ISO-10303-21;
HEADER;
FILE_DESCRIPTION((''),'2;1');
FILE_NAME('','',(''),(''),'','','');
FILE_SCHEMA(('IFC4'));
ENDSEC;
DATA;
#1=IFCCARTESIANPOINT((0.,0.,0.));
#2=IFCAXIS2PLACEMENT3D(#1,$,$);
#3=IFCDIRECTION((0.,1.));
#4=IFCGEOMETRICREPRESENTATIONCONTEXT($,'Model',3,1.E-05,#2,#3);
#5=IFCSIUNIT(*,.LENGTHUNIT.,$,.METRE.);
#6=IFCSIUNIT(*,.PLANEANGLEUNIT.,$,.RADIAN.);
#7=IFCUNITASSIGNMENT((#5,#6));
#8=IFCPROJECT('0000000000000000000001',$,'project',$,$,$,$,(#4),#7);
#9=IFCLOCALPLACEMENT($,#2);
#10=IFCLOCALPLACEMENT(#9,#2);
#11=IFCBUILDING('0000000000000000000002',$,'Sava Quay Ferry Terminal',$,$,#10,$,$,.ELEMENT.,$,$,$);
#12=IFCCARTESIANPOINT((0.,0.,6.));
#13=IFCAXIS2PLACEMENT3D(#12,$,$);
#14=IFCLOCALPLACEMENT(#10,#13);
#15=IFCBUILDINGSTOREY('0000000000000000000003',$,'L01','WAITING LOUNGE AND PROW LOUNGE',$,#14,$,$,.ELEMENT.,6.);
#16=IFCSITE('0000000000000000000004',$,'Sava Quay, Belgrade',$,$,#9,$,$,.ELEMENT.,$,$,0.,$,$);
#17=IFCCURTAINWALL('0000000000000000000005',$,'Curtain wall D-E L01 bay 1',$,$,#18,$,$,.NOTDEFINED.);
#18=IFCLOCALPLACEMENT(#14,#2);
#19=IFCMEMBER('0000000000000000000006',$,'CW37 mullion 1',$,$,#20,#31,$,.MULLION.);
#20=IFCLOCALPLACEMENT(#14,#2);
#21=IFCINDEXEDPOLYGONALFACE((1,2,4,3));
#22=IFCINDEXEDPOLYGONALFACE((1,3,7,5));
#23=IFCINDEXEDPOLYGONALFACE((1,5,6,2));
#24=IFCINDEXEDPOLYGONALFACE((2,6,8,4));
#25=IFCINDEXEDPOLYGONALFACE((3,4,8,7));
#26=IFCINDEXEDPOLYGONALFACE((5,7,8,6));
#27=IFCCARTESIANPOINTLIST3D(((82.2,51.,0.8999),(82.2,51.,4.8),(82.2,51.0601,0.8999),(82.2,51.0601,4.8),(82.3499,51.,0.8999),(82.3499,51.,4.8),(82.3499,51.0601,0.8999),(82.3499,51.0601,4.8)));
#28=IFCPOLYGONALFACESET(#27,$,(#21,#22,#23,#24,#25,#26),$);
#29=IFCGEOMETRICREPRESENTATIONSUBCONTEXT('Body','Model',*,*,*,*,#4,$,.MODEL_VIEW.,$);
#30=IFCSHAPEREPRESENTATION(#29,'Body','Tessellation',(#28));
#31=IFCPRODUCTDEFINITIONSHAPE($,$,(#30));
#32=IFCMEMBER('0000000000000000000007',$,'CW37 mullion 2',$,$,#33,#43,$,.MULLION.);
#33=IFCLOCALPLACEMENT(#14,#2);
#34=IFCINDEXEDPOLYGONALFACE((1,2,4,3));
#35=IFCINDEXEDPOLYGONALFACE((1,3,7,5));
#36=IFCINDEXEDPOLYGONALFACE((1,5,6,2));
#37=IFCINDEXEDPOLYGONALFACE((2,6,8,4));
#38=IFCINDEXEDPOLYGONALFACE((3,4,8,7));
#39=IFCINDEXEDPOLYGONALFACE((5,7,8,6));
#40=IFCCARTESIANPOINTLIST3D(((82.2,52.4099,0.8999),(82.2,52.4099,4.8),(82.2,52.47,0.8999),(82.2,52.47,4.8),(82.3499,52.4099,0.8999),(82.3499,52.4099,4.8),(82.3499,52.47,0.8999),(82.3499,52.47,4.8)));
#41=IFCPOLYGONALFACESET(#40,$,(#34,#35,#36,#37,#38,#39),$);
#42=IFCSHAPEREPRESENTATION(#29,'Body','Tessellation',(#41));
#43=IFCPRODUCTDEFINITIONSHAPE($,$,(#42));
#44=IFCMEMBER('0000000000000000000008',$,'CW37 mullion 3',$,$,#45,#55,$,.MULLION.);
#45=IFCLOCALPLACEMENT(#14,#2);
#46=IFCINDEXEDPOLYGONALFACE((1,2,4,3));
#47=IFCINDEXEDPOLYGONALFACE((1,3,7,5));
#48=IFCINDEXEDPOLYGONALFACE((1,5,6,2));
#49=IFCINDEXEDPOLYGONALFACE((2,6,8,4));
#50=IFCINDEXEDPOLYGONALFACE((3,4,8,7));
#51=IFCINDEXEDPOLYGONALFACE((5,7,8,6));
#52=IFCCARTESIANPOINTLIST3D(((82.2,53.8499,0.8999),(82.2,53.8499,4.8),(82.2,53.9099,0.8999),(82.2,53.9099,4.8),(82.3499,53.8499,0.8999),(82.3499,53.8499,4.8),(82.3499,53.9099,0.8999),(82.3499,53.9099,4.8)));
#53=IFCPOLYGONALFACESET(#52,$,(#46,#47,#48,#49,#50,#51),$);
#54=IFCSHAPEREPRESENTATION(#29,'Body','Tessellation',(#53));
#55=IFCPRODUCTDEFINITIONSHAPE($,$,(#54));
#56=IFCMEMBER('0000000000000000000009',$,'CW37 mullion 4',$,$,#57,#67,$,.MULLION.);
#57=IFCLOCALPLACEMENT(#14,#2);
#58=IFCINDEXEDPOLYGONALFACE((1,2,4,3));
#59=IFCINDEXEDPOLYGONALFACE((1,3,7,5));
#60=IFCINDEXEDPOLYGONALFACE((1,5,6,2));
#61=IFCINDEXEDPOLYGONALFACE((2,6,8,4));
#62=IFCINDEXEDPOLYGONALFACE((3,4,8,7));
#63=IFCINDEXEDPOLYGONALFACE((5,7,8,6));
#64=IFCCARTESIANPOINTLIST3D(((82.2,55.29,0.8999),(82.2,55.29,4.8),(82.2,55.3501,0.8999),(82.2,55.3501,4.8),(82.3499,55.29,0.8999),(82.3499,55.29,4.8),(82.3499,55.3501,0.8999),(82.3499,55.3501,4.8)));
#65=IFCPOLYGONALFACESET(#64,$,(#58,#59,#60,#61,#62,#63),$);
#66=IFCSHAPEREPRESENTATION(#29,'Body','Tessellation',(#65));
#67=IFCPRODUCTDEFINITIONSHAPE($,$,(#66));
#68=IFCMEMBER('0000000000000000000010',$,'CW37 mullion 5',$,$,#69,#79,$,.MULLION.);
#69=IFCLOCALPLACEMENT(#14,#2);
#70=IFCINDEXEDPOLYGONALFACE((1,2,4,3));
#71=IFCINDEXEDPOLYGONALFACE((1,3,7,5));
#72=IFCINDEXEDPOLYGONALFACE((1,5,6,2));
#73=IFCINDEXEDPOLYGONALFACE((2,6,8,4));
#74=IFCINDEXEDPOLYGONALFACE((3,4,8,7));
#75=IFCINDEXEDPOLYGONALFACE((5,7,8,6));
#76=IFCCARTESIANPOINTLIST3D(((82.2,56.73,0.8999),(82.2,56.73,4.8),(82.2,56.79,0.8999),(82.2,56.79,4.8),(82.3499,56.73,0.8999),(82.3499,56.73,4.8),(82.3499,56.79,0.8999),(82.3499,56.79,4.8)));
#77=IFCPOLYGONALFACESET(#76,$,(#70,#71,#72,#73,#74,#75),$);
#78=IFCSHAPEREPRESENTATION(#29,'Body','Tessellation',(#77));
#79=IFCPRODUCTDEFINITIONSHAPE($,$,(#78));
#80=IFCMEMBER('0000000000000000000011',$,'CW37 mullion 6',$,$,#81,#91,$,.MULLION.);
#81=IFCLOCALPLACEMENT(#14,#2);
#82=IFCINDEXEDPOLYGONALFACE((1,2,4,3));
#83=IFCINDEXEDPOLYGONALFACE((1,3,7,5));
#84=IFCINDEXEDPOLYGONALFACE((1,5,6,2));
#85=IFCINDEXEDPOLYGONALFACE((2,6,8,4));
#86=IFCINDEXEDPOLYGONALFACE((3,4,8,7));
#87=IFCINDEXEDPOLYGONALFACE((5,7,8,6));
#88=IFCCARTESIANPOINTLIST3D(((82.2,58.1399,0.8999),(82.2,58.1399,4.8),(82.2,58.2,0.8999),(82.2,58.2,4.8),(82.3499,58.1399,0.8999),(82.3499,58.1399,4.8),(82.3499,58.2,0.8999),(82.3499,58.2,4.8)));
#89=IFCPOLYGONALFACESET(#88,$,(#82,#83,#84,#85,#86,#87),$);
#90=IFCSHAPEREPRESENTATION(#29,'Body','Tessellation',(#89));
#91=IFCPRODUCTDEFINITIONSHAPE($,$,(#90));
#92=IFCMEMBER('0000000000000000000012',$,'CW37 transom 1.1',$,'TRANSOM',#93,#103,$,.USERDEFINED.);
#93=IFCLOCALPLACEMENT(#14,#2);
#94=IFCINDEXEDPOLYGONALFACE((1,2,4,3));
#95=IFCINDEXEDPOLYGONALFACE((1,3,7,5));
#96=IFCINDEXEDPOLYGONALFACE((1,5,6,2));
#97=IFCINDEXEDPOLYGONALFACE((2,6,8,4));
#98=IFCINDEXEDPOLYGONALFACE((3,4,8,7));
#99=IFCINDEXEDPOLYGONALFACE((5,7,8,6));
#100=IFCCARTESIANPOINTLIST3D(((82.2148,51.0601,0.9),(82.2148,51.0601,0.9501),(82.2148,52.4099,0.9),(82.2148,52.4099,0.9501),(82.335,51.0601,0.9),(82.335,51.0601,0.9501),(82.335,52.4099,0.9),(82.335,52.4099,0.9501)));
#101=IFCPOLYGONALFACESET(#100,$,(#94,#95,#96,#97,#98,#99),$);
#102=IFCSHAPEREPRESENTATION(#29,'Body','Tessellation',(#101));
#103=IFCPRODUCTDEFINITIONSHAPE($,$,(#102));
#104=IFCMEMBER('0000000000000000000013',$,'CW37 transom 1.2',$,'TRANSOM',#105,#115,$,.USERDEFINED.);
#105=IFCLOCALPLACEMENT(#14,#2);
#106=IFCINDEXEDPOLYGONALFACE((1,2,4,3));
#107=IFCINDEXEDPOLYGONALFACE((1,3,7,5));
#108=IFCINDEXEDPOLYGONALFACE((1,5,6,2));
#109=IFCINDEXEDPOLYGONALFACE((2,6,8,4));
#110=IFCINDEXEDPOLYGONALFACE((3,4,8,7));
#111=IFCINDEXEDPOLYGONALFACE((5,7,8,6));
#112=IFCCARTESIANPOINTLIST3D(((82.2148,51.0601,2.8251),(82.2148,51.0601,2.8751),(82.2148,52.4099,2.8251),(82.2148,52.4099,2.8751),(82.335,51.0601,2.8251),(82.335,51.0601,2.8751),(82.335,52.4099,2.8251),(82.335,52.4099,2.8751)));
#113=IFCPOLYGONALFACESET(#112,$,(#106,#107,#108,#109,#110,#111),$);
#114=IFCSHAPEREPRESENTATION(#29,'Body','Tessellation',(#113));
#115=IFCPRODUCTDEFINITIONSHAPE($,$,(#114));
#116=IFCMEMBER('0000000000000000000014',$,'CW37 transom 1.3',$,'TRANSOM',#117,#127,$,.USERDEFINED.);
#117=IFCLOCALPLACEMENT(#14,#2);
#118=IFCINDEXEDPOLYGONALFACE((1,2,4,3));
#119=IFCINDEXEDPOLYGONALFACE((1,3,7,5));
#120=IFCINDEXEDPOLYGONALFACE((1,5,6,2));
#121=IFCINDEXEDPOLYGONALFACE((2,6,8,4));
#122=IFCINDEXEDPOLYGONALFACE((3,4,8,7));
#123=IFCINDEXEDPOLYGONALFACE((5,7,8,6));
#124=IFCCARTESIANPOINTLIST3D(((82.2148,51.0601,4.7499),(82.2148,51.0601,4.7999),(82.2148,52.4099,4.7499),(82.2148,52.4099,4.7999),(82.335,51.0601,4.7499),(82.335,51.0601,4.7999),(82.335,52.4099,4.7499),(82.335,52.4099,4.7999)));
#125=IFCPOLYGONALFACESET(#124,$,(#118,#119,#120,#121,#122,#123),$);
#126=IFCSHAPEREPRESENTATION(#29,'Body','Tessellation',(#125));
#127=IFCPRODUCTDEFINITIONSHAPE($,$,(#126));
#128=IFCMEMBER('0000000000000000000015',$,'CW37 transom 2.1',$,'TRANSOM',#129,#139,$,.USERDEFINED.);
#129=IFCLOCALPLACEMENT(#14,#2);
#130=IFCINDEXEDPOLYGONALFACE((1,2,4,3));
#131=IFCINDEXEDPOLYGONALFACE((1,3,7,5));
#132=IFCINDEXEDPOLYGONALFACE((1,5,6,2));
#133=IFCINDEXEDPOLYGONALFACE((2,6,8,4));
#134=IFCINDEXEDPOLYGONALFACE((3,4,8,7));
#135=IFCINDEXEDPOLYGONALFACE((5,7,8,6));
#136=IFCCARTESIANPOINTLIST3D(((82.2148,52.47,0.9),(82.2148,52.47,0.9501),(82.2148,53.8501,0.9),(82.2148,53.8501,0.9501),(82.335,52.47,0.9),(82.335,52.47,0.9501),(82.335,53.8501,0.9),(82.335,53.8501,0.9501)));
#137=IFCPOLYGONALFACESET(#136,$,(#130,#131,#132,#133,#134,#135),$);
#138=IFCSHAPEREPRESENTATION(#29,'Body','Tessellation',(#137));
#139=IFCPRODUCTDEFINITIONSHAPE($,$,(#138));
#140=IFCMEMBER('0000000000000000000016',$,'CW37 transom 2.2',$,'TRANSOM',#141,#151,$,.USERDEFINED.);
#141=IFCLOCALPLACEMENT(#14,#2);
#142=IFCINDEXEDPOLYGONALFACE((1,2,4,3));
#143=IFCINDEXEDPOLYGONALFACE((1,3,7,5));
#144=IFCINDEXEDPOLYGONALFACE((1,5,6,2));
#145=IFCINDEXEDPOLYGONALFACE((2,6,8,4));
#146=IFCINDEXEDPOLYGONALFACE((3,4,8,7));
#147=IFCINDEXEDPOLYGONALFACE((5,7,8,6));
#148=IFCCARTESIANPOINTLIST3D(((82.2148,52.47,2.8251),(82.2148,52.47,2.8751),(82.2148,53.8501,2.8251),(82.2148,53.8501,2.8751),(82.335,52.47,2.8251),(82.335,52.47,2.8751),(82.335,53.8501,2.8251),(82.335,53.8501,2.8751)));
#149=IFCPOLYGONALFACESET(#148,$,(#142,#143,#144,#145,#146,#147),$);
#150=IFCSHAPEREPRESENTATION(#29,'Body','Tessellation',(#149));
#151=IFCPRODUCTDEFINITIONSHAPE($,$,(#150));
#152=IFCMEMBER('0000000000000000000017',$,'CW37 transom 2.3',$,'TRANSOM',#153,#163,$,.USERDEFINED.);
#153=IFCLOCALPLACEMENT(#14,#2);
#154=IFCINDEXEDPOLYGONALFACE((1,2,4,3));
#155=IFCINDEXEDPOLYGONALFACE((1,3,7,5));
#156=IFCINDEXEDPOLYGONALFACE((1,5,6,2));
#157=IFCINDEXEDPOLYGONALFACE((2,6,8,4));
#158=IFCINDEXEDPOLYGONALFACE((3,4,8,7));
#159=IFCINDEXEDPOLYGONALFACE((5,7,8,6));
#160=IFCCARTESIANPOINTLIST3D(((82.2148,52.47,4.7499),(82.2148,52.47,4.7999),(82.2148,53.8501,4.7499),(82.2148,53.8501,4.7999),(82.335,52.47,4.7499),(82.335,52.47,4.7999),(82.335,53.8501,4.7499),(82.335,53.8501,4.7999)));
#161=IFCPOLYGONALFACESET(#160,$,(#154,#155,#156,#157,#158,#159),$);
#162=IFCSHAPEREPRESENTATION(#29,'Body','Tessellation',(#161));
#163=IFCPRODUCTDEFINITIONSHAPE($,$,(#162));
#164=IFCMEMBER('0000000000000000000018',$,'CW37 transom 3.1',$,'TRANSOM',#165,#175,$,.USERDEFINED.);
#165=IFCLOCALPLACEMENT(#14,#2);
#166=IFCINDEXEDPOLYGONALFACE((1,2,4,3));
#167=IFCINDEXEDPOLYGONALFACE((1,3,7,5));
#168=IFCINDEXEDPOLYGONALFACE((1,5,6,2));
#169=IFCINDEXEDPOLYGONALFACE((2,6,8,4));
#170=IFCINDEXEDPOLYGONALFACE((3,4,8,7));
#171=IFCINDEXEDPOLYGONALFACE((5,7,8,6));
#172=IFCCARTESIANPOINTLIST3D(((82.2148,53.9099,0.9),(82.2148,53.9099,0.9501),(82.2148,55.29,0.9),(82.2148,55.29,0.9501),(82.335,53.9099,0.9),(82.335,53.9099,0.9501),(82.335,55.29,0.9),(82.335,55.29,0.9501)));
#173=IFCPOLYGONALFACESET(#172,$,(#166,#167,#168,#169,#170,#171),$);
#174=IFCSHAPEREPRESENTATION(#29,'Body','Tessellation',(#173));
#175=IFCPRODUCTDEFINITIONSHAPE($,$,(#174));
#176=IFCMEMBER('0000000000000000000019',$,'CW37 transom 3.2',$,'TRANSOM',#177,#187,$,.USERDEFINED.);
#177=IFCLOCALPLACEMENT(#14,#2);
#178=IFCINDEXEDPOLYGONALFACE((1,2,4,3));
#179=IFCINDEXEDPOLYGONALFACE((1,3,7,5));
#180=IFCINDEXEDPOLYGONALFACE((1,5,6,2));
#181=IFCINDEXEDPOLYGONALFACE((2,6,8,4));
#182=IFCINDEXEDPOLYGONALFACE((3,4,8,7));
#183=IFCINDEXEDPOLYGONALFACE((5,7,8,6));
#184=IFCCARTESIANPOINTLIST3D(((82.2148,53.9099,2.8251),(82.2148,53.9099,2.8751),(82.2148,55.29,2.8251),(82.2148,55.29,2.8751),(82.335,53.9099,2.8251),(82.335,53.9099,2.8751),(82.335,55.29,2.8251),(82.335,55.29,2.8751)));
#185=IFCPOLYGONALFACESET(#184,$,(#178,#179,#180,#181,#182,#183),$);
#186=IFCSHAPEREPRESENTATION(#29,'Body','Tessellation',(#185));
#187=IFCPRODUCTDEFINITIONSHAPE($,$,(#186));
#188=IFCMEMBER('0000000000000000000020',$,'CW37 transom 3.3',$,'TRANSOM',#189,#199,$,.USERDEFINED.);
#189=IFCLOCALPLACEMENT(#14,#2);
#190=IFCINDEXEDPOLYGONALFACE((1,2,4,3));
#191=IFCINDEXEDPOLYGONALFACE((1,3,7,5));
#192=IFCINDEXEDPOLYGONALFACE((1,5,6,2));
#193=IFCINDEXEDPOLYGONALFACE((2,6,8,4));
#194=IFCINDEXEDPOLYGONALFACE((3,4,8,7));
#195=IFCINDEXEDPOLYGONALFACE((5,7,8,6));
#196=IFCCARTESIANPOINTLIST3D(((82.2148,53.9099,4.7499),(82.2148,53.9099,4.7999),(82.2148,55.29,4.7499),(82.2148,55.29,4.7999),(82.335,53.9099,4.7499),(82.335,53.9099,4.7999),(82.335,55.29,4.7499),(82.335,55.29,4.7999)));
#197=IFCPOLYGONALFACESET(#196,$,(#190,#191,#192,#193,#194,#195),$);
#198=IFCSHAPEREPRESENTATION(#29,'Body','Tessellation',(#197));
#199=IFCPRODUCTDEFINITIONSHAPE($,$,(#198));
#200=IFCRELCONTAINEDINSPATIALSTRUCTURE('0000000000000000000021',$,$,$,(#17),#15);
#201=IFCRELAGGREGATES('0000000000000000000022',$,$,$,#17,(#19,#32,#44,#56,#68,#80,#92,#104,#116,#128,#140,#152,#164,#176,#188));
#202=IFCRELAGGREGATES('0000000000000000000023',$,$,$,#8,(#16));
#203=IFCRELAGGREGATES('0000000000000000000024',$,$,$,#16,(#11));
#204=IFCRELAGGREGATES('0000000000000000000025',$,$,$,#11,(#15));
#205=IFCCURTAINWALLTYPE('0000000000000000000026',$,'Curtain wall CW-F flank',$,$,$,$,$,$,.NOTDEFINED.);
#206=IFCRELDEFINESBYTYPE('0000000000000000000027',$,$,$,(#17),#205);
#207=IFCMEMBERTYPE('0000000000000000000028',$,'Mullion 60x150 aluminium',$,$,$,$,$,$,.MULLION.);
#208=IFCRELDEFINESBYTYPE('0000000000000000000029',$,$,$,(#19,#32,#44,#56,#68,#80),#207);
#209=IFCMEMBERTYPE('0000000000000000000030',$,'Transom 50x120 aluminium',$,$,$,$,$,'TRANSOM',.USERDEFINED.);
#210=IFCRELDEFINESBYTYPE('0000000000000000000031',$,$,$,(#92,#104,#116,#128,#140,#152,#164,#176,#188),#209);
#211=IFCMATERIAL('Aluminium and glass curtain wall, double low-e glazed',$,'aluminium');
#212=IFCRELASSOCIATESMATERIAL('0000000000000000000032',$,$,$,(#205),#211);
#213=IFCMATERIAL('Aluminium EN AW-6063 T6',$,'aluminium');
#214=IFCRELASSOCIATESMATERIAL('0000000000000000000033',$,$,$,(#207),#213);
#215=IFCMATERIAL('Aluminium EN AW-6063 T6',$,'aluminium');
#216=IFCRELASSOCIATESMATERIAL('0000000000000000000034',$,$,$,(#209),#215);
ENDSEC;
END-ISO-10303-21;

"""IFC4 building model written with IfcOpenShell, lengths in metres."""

from ifc_helpers import new_model, si_unit, direction, frame, origin, origin_2d, place, context, subcontext, project, spatial, rectangle, extrude, material, material_profile, profile_set, type_object, element, aggregate, save


model = new_model("IFC4")

# Units and contexts
model_context = context("Model", 3, precision=1e-05, world=origin(), true_north=direction((0.0, 1.0)))
body_context = subcontext(model_context, "Body", "Model", "MODEL_VIEW")
ifc_project = project(units=[si_unit("LENGTHUNIT", "METRE"), si_unit("PLANEANGLEUNIT", "RADIAN")], contexts=[model_context])

# Site, building, storey
site_placement = place(None, origin())
site = spatial("IfcSite", under=ifc_project, at=site_placement, Name="Sava Quay, Belgrade", CompositionType="ELEMENT", RefElevation=0.0)
building_placement = place(site_placement, origin())
building = spatial("IfcBuilding", under=site, at=building_placement, Name="Sava Quay Ferry Terminal", CompositionType="ELEMENT")
storey_placement = place(building_placement, frame((0.0, 0.0, 6.0)))
storey = spatial("IfcBuildingStorey", under=building, at=storey_placement, Name="L01", Description="WAITING LOUNGE AND PROW LOUNGE", CompositionType="ELEMENT", Elevation=6.0)

# Curtain wall, members
ifc_material_1 = material(Name="Aluminium and glass curtain wall, double low-e glazed", Category="aluminium")
curtain_wall_type = type_object("IfcCurtainWallType", Name="Curtain wall CW-F flank", PredefinedType="NOTDEFINED", material=ifc_material_1)
curtain_wall_placement = place(storey_placement, origin())
curtain_wall = element("IfcCurtainWall", 1, at=curtain_wall_placement, inside=storey, type_object=curtain_wall_type, Name="Curtain wall D-E L01 bay 1", PredefinedType="NOTDEFINED")
ifc_material_2 = material(Name="Aluminium EN AW-6063 T6", Category="aluminium")
ifc_material_profile_1 = material_profile(ifc_material_2, rectangle(XDim=0.1499, YDim=0.0601, at=origin_2d()), Name="Mullion 60x150 aluminium")
ifc_profile_set_1 = profile_set([ifc_material_profile_1], Name="Aluminium EN AW-6063 T6")
member_type_1 = type_object("IfcMemberType", Name="Mullion 60x150 aluminium", PredefinedType="MULLION", material=ifc_profile_set_1)
member_1_placement = place(storey_placement, frame((82.2749, 51.03, 0.8999), z_axis=(0.0, 0.0, 1.0), x_axis=(-1.0, 0.0, 0.0)))
member_1 = element("IfcMember", 2, at=member_1_placement, type_object=member_type_1, Name="CW37 mullion 1", PredefinedType="MULLION", context=body_context, shape_type="SweptSolid", body=[
    extrude(rectangle(XDim=0.1499, YDim=0.0601, at=origin_2d()), origin(), (0.0, 0.0, 1.0), 3.9001),
])
member_2_placement = place(storey_placement, frame((82.2749, 52.4399, 0.8999), z_axis=(0.0, 0.0, 1.0), x_axis=(-1.0, 0.0, 0.0)))
member_2 = element("IfcMember", 3, at=member_2_placement, type_object=member_type_1, Name="CW37 mullion 2", PredefinedType="MULLION", context=body_context, shape_type="SweptSolid", body=[
    extrude(rectangle(XDim=0.1499, YDim=0.0601, at=origin_2d()), origin(), (0.0, 0.0, 1.0), 3.9001),
])
member_3_placement = place(storey_placement, frame((82.2749, 53.8799, 0.8999), z_axis=(0.0, 0.0, 1.0), x_axis=(-1.0, 0.0, 0.0)))
member_3 = element("IfcMember", 4, at=member_3_placement, type_object=member_type_1, Name="CW37 mullion 3", PredefinedType="MULLION", context=body_context, shape_type="SweptSolid", body=[
    extrude(rectangle(XDim=0.1499, YDim=0.0601, at=origin_2d()), origin(), (0.0, 0.0, 1.0), 3.9001),
])
member_4_placement = place(storey_placement, frame((82.2749, 55.3201, 0.8999), z_axis=(0.0, 0.0, 1.0), x_axis=(-1.0, 0.0, 0.0)))
member_4 = element("IfcMember", 5, at=member_4_placement, type_object=member_type_1, Name="CW37 mullion 4", PredefinedType="MULLION", context=body_context, shape_type="SweptSolid", body=[
    extrude(rectangle(XDim=0.1499, YDim=0.0601, at=origin_2d()), origin(), (0.0, 0.0, 1.0), 3.9001),
])
member_5_placement = place(storey_placement, frame((82.2749, 56.76, 0.8999), z_axis=(0.0, 0.0, 1.0), x_axis=(-1.0, 0.0, 0.0)))
member_5 = element("IfcMember", 6, at=member_5_placement, type_object=member_type_1, Name="CW37 mullion 5", PredefinedType="MULLION", context=body_context, shape_type="SweptSolid", body=[
    extrude(rectangle(XDim=0.1499, YDim=0.0601, at=origin_2d()), origin(), (0.0, 0.0, 1.0), 3.9001),
])
member_6_placement = place(storey_placement, frame((82.2749, 58.1699, 0.8999), z_axis=(0.0, 0.0, 1.0), x_axis=(-1.0, 0.0, 0.0)))
member_6 = element("IfcMember", 7, at=member_6_placement, type_object=member_type_1, Name="CW37 mullion 6", PredefinedType="MULLION", context=body_context, shape_type="SweptSolid", body=[
    extrude(rectangle(XDim=0.1499, YDim=0.0601, at=origin_2d()), origin(), (0.0, 0.0, 1.0), 3.9001),
])
ifc_material_3 = material(Name="Aluminium EN AW-6063 T6", Category="aluminium")
ifc_material_profile_2 = material_profile(ifc_material_3, rectangle(XDim=0.1201, YDim=0.05, at=origin_2d()), Name="Transom 50x120 aluminium")
ifc_profile_set_2 = profile_set([ifc_material_profile_2], Name="Aluminium EN AW-6063 T6")
member_type_2 = type_object("IfcMemberType", Name="Transom 50x120 aluminium", ElementType="TRANSOM", PredefinedType="USERDEFINED", material=ifc_profile_set_2)
member_7_placement = place(storey_placement, frame((82.2749, 51.0601, 0.925), z_axis=(0.0, 1.0, 0.0), x_axis=(-1.0, 0.0, 0.0)))
member_7 = element("IfcMember", 8, at=member_7_placement, type_object=member_type_2, Name="CW37 transom 1.1", ObjectType="TRANSOM", PredefinedType="USERDEFINED", context=body_context, shape_type="SweptSolid", body=[
    extrude(rectangle(XDim=0.1201, YDim=0.05, at=origin_2d()), origin(), (0.0, 0.0, 1.0), 1.3499),
])
member_8_placement = place(storey_placement, frame((82.2749, 51.0601, 2.8501), z_axis=(0.0, 1.0, 0.0), x_axis=(-1.0, 0.0, 0.0)))
member_8 = element("IfcMember", 9, at=member_8_placement, type_object=member_type_2, Name="CW37 transom 1.2", ObjectType="TRANSOM", PredefinedType="USERDEFINED", context=body_context, shape_type="SweptSolid", body=[
    extrude(rectangle(XDim=0.1201, YDim=0.05, at=origin_2d()), origin(), (0.0, 0.0, 1.0), 1.3499),
])
member_9_placement = place(storey_placement, frame((82.2749, 51.0601, 4.7749), z_axis=(0.0, 1.0, 0.0), x_axis=(-1.0, 0.0, 0.0)))
member_9 = element("IfcMember", 10, at=member_9_placement, type_object=member_type_2, Name="CW37 transom 1.3", ObjectType="TRANSOM", PredefinedType="USERDEFINED", context=body_context, shape_type="SweptSolid", body=[
    extrude(rectangle(XDim=0.1201, YDim=0.05, at=origin_2d()), origin(), (0.0, 0.0, 1.0), 1.3499),
])
member_10_placement = place(storey_placement, frame((82.2749, 52.47, 0.925), z_axis=(0.0, 1.0, 0.0), x_axis=(-1.0, 0.0, 0.0)))
member_10 = element("IfcMember", 11, at=member_10_placement, type_object=member_type_2, Name="CW37 transom 2.1", ObjectType="TRANSOM", PredefinedType="USERDEFINED", context=body_context, shape_type="SweptSolid", body=[
    extrude(rectangle(XDim=0.1201, YDim=0.05, at=origin_2d()), origin(), (0.0, 0.0, 1.0), 1.3801),
])
member_11_placement = place(storey_placement, frame((82.2749, 52.47, 2.8501), z_axis=(0.0, 1.0, 0.0), x_axis=(-1.0, 0.0, 0.0)))
member_11 = element("IfcMember", 12, at=member_11_placement, type_object=member_type_2, Name="CW37 transom 2.2", ObjectType="TRANSOM", PredefinedType="USERDEFINED", context=body_context, shape_type="SweptSolid", body=[
    extrude(rectangle(XDim=0.1201, YDim=0.05, at=origin_2d()), origin(), (0.0, 0.0, 1.0), 1.3801),
])
member_12_placement = place(storey_placement, frame((82.2749, 52.47, 4.7749), z_axis=(0.0, 1.0, 0.0), x_axis=(-1.0, 0.0, 0.0)))
member_12 = element("IfcMember", 13, at=member_12_placement, type_object=member_type_2, Name="CW37 transom 2.3", ObjectType="TRANSOM", PredefinedType="USERDEFINED", context=body_context, shape_type="SweptSolid", body=[
    extrude(rectangle(XDim=0.1201, YDim=0.05, at=origin_2d()), origin(), (0.0, 0.0, 1.0), 1.3801),
])
member_13_placement = place(storey_placement, frame((82.2749, 53.9099, 0.925), z_axis=(0.0, 1.0, 0.0), x_axis=(-1.0, 0.0, 0.0)))
member_13 = element("IfcMember", 14, at=member_13_placement, type_object=member_type_2, Name="CW37 transom 3.1", ObjectType="TRANSOM", PredefinedType="USERDEFINED", context=body_context, shape_type="SweptSolid", body=[
    extrude(rectangle(XDim=0.1201, YDim=0.05, at=origin_2d()), origin(), (0.0, 0.0, 1.0), 1.3801),
])
member_14_placement = place(storey_placement, frame((82.2749, 53.9099, 2.8501), z_axis=(0.0, 1.0, 0.0), x_axis=(-1.0, 0.0, 0.0)))
member_14 = element("IfcMember", 15, at=member_14_placement, type_object=member_type_2, Name="CW37 transom 3.2", ObjectType="TRANSOM", PredefinedType="USERDEFINED", context=body_context, shape_type="SweptSolid", body=[
    extrude(rectangle(XDim=0.1201, YDim=0.05, at=origin_2d()), origin(), (0.0, 0.0, 1.0), 1.3801),
])
member_15_placement = place(storey_placement, frame((82.2749, 53.9099, 4.7749), z_axis=(0.0, 1.0, 0.0), x_axis=(-1.0, 0.0, 0.0)))
member_15 = element("IfcMember", 16, at=member_15_placement, type_object=member_type_2, Name="CW37 transom 3.3", ObjectType="TRANSOM", PredefinedType="USERDEFINED", context=body_context, shape_type="SweptSolid", body=[
    extrude(rectangle(XDim=0.1201, YDim=0.05, at=origin_2d()), origin(), (0.0, 0.0, 1.0), 1.3801),
])
aggregate(curtain_wall, [member_1, member_2, member_3, member_4, member_5, member_6, member_7, member_8, member_9, member_10, member_11, member_12, member_13, member_14, member_15])

save(model, "model.ifc")
